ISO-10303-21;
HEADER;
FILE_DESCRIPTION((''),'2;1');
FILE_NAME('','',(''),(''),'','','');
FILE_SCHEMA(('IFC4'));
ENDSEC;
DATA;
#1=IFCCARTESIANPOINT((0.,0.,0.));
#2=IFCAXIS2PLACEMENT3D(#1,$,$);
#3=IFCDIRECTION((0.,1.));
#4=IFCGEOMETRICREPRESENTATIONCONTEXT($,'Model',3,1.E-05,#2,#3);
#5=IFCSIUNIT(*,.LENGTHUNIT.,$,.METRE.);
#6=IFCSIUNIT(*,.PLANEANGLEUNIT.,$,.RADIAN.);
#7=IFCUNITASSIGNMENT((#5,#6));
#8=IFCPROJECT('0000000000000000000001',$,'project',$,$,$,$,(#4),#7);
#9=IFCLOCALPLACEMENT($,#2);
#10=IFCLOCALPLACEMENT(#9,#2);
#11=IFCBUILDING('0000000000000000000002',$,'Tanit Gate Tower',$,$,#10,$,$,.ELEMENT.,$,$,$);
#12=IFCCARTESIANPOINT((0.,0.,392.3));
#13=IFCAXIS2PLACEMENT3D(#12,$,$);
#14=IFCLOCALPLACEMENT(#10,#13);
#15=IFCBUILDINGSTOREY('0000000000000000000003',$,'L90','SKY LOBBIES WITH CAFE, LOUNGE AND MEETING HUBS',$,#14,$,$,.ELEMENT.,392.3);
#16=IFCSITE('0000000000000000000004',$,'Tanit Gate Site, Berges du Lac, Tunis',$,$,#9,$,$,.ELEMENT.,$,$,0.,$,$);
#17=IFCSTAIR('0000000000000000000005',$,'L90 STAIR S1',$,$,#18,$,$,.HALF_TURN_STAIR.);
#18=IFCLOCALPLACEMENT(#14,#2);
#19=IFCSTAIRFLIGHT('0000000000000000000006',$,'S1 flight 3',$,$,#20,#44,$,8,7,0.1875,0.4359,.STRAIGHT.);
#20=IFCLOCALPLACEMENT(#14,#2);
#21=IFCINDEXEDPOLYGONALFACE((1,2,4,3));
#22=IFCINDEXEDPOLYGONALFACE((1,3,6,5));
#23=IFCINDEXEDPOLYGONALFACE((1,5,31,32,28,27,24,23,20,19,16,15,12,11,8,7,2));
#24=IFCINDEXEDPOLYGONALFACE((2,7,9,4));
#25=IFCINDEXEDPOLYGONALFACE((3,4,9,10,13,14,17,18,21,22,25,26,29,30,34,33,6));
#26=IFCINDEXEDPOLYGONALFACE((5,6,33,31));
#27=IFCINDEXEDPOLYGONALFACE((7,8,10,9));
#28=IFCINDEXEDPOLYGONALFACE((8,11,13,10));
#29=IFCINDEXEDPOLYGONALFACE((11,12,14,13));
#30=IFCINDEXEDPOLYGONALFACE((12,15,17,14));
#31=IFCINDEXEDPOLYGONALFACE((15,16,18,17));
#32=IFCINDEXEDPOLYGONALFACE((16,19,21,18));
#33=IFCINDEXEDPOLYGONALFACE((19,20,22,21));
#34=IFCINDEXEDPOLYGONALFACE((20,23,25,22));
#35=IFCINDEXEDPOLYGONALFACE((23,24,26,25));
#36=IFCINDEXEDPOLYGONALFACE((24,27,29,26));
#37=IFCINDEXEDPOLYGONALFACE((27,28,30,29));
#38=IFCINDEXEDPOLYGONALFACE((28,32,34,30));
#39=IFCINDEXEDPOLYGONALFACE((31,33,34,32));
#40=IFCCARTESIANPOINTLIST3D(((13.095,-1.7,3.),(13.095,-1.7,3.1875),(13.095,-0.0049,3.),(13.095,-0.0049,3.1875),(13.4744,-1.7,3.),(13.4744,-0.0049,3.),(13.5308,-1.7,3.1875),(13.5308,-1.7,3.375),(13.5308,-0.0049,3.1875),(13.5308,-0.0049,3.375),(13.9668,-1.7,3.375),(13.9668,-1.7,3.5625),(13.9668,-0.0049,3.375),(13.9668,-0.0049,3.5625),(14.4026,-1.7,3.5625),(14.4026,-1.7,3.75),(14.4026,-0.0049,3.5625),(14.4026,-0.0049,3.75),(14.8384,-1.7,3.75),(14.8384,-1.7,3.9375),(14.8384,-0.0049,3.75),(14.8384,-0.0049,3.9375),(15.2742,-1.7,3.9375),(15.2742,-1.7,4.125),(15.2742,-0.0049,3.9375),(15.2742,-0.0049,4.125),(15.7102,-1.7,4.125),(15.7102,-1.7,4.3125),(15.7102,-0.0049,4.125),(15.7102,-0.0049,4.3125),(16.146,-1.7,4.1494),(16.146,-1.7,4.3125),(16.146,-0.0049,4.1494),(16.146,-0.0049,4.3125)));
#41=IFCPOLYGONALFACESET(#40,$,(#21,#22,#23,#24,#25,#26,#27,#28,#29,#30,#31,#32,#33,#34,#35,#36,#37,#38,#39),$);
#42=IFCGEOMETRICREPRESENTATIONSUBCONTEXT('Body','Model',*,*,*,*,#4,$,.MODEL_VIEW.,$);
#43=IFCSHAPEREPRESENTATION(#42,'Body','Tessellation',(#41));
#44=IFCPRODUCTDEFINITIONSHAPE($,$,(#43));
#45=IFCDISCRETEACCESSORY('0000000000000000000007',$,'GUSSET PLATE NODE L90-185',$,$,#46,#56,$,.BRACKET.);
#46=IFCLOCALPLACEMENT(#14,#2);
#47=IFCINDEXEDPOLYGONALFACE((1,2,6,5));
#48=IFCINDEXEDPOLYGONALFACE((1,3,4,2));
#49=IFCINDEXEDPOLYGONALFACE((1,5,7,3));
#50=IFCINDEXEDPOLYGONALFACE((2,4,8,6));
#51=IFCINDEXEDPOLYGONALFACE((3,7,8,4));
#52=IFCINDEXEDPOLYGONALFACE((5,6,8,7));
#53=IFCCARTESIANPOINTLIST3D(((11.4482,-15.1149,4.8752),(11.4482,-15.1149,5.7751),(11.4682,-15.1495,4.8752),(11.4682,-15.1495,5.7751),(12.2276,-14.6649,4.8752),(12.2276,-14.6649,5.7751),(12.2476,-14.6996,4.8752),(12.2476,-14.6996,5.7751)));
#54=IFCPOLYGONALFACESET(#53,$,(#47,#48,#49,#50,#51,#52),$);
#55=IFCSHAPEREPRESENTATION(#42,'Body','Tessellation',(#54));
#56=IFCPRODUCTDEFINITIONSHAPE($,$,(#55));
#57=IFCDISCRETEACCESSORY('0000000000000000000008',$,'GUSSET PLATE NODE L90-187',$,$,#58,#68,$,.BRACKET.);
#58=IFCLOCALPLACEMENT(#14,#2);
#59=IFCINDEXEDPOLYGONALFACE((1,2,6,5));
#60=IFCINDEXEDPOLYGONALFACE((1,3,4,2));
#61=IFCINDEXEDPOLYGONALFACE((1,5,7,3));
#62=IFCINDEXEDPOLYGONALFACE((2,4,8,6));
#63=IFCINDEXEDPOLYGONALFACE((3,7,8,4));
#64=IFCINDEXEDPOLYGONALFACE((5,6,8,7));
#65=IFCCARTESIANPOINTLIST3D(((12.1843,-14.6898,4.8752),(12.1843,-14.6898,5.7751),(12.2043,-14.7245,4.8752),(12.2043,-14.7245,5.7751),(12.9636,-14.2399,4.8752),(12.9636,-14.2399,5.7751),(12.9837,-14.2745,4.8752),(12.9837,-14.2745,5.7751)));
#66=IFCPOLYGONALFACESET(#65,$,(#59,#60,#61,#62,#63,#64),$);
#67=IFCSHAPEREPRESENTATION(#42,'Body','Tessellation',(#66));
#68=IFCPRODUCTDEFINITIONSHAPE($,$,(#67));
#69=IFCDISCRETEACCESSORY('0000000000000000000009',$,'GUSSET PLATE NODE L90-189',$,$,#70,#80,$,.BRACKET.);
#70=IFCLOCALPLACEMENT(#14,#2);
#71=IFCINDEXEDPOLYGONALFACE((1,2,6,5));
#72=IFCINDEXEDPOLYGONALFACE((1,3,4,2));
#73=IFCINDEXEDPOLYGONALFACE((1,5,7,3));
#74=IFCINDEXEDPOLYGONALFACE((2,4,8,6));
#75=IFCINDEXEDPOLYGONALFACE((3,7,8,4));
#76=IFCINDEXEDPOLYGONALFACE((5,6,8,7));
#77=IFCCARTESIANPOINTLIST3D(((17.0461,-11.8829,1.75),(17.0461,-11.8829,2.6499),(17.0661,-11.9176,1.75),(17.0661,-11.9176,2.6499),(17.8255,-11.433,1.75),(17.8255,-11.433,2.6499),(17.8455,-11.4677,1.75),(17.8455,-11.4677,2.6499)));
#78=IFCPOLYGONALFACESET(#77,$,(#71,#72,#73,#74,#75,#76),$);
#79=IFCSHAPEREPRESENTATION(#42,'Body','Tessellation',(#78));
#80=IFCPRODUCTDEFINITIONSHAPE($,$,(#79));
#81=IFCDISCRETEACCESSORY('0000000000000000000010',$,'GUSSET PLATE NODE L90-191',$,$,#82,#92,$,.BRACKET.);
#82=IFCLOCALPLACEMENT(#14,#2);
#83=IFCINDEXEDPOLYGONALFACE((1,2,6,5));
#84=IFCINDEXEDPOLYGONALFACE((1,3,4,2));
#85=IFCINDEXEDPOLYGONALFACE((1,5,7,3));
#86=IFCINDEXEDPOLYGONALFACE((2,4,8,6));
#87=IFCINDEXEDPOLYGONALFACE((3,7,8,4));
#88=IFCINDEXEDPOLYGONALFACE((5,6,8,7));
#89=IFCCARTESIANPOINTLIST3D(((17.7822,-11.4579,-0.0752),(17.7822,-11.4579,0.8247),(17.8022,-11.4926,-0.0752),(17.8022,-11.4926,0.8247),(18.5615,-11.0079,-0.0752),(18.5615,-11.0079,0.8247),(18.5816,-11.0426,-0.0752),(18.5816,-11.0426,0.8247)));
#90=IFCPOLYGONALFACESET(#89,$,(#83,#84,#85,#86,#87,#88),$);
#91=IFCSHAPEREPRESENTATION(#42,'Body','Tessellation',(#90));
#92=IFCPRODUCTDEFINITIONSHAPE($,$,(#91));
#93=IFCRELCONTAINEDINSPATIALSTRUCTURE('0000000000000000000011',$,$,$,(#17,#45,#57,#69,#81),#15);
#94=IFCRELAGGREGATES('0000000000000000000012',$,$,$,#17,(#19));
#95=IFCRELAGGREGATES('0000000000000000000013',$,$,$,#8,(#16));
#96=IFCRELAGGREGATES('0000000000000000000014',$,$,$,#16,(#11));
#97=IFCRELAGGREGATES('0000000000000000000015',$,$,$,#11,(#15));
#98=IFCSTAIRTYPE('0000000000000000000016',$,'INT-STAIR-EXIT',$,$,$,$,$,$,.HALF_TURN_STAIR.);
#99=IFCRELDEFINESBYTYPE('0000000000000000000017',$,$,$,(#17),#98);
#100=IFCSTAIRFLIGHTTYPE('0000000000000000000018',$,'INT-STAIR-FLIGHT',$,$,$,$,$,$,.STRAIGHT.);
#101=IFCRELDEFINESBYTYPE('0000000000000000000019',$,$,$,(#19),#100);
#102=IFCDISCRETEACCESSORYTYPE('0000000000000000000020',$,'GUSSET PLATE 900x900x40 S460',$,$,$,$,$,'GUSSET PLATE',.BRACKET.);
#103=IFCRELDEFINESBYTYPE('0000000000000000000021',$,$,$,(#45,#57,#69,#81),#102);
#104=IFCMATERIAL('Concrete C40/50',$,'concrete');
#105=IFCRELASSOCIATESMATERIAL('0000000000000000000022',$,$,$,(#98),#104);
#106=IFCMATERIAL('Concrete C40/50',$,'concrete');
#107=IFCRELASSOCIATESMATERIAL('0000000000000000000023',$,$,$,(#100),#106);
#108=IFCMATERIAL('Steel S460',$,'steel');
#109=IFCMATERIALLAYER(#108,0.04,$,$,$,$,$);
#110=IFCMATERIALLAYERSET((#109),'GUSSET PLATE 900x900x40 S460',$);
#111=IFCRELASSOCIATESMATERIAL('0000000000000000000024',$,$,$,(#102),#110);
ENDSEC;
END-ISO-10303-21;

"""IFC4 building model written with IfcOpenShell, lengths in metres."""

from ifc_helpers import new_model, si_unit, direction, frame, origin, origin_2d, place, context, subcontext, project, spatial, polyline, rectangle, outline, extrude, material, layer, layer_set, type_object, element, aggregate, save


model = new_model("IFC4")

# Units and contexts
model_context = context("Model", 3, precision=1e-05, world=origin(), true_north=direction((0.0, 1.0)))
body_context = subcontext(model_context, "Body", "Model", "MODEL_VIEW")
ifc_project = project(units=[si_unit("LENGTHUNIT", "METRE"), si_unit("PLANEANGLEUNIT", "RADIAN")], contexts=[model_context])

# Site, building, storey
site_placement = place(None, origin())
site = spatial("IfcSite", under=ifc_project, at=site_placement, Name="Tanit Gate Site, Berges du Lac, Tunis", CompositionType="ELEMENT", RefElevation=0.0)
building_placement = place(site_placement, origin())
building = spatial("IfcBuilding", under=site, at=building_placement, Name="Tanit Gate Tower", CompositionType="ELEMENT")
storey_placement = place(building_placement, frame((0.0, 0.0, 392.3)))
storey = spatial("IfcBuildingStorey", under=building, at=storey_placement, Name="L90", Description="SKY LOBBIES WITH CAFE, LOUNGE AND MEETING HUBS", CompositionType="ELEMENT", Elevation=392.3)

# Stair, stair flight
ifc_material_1 = material(Name="Concrete C40/50", Category="concrete")
stair_type = type_object("IfcStairType", Name="INT-STAIR-EXIT", PredefinedType="HALF_TURN_STAIR", material=ifc_material_1)
stair_placement = place(storey_placement, origin())
stair = element("IfcStair", 1, at=stair_placement, inside=storey, type_object=stair_type, Name="L90 STAIR S1", PredefinedType="HALF_TURN_STAIR")
ifc_material_2 = material(Name="Concrete C40/50", Category="concrete")
stair_flight_type = type_object("IfcStairFlightType", Name="INT-STAIR-FLIGHT", PredefinedType="STRAIGHT", material=ifc_material_2)
stair_flight_1_placement = place(storey_placement, frame((13.095, -0.8525, 3.0), z_axis=(0.0, 0.0, 1.0), x_axis=(1.0, 0.0, 0.0)))
stair_flight_1 = element("IfcStairFlight", 2, at=stair_flight_1_placement, type_object=stair_flight_type, Name="S1 flight 3", NumberOfRisers=8, NumberOfTreads=7, PredefinedType="STRAIGHT", RiserHeight=0.1875, TreadLength=0.4359, context=body_context, shape_type="SweptSolid", body=[
    extrude(outline(polyline([(0.0, 0.0), (0.0, 0.1875), (0.4358, 0.1875), (0.4358, 0.375), (0.8718, 0.375), (0.8718, 0.5625), (1.3076, 0.5625), (1.3076, 0.75), (1.7434, 0.75), (1.7434, 0.9375), (2.1792, 0.9375), (2.1792, 1.125), (2.6152, 1.125), (2.6152, 1.3125), (3.051, 1.3125), (3.051, 1.5), (3.051, 1.1494), (0.3794, 0.0), (0.0, 0.0)])), frame((0.0, 0.8477, 0.0), z_axis=(0.0, -1.0, 0.0), x_axis=(1.0, 0.0, 0.0)), (0.0, 0.0, 1.0), 1.6951),
])
aggregate(stair, [stair_flight_1])

# Discrete accessories
ifc_material_3 = material(Name="Steel S460", Category="steel")
ifc_layer_1 = layer(ifc_material_3, 0.04)
ifc_layer_set_1 = layer_set([ifc_layer_1], Name="GUSSET PLATE 900x900x40 S460")
discrete_accessory_type = type_object("IfcDiscreteAccessoryType", Name="GUSSET PLATE 900x900x40 S460", ElementType="GUSSET PLATE", PredefinedType="BRACKET", material=ifc_layer_set_1)
for number, where, z_axis, x_axis, name in (
    (3, (11.8479, -14.9072, 4.8752), (0.0, 0.0, 1.0), (-0.866025, -0.5, 0.0), "GUSSET PLATE NODE L90-185"),
    (4, (12.584, -14.4822, 4.8752), (0.0, 0.0, 1.0), (0.866025, 0.5, 0.0), "GUSSET PLATE NODE L90-187"),
    (5, (17.4458, -11.6753, 1.75), (0.0, 0.0, 1.0), (-0.866025, -0.5, 0.0), "GUSSET PLATE NODE L90-189"),
    (6, (18.1819, -11.2502, -0.0752), (0.0, 0.0, 1.0), (0.866025, 0.5, 0.0), "GUSSET PLATE NODE L90-191"),
):
    element("IfcDiscreteAccessory", number, at=place(storey_placement, frame(where, z_axis=z_axis, x_axis=x_axis)), inside=storey, type_object=discrete_accessory_type, Name=name, PredefinedType="BRACKET", context=body_context, shape_type="SweptSolid", body=[
        extrude(rectangle(XDim=0.8999, YDim=0.04, at=origin_2d()), origin(), (0.0, 0.0, 1.0), 0.8999),
    ])

save(model, "model.ifc")
